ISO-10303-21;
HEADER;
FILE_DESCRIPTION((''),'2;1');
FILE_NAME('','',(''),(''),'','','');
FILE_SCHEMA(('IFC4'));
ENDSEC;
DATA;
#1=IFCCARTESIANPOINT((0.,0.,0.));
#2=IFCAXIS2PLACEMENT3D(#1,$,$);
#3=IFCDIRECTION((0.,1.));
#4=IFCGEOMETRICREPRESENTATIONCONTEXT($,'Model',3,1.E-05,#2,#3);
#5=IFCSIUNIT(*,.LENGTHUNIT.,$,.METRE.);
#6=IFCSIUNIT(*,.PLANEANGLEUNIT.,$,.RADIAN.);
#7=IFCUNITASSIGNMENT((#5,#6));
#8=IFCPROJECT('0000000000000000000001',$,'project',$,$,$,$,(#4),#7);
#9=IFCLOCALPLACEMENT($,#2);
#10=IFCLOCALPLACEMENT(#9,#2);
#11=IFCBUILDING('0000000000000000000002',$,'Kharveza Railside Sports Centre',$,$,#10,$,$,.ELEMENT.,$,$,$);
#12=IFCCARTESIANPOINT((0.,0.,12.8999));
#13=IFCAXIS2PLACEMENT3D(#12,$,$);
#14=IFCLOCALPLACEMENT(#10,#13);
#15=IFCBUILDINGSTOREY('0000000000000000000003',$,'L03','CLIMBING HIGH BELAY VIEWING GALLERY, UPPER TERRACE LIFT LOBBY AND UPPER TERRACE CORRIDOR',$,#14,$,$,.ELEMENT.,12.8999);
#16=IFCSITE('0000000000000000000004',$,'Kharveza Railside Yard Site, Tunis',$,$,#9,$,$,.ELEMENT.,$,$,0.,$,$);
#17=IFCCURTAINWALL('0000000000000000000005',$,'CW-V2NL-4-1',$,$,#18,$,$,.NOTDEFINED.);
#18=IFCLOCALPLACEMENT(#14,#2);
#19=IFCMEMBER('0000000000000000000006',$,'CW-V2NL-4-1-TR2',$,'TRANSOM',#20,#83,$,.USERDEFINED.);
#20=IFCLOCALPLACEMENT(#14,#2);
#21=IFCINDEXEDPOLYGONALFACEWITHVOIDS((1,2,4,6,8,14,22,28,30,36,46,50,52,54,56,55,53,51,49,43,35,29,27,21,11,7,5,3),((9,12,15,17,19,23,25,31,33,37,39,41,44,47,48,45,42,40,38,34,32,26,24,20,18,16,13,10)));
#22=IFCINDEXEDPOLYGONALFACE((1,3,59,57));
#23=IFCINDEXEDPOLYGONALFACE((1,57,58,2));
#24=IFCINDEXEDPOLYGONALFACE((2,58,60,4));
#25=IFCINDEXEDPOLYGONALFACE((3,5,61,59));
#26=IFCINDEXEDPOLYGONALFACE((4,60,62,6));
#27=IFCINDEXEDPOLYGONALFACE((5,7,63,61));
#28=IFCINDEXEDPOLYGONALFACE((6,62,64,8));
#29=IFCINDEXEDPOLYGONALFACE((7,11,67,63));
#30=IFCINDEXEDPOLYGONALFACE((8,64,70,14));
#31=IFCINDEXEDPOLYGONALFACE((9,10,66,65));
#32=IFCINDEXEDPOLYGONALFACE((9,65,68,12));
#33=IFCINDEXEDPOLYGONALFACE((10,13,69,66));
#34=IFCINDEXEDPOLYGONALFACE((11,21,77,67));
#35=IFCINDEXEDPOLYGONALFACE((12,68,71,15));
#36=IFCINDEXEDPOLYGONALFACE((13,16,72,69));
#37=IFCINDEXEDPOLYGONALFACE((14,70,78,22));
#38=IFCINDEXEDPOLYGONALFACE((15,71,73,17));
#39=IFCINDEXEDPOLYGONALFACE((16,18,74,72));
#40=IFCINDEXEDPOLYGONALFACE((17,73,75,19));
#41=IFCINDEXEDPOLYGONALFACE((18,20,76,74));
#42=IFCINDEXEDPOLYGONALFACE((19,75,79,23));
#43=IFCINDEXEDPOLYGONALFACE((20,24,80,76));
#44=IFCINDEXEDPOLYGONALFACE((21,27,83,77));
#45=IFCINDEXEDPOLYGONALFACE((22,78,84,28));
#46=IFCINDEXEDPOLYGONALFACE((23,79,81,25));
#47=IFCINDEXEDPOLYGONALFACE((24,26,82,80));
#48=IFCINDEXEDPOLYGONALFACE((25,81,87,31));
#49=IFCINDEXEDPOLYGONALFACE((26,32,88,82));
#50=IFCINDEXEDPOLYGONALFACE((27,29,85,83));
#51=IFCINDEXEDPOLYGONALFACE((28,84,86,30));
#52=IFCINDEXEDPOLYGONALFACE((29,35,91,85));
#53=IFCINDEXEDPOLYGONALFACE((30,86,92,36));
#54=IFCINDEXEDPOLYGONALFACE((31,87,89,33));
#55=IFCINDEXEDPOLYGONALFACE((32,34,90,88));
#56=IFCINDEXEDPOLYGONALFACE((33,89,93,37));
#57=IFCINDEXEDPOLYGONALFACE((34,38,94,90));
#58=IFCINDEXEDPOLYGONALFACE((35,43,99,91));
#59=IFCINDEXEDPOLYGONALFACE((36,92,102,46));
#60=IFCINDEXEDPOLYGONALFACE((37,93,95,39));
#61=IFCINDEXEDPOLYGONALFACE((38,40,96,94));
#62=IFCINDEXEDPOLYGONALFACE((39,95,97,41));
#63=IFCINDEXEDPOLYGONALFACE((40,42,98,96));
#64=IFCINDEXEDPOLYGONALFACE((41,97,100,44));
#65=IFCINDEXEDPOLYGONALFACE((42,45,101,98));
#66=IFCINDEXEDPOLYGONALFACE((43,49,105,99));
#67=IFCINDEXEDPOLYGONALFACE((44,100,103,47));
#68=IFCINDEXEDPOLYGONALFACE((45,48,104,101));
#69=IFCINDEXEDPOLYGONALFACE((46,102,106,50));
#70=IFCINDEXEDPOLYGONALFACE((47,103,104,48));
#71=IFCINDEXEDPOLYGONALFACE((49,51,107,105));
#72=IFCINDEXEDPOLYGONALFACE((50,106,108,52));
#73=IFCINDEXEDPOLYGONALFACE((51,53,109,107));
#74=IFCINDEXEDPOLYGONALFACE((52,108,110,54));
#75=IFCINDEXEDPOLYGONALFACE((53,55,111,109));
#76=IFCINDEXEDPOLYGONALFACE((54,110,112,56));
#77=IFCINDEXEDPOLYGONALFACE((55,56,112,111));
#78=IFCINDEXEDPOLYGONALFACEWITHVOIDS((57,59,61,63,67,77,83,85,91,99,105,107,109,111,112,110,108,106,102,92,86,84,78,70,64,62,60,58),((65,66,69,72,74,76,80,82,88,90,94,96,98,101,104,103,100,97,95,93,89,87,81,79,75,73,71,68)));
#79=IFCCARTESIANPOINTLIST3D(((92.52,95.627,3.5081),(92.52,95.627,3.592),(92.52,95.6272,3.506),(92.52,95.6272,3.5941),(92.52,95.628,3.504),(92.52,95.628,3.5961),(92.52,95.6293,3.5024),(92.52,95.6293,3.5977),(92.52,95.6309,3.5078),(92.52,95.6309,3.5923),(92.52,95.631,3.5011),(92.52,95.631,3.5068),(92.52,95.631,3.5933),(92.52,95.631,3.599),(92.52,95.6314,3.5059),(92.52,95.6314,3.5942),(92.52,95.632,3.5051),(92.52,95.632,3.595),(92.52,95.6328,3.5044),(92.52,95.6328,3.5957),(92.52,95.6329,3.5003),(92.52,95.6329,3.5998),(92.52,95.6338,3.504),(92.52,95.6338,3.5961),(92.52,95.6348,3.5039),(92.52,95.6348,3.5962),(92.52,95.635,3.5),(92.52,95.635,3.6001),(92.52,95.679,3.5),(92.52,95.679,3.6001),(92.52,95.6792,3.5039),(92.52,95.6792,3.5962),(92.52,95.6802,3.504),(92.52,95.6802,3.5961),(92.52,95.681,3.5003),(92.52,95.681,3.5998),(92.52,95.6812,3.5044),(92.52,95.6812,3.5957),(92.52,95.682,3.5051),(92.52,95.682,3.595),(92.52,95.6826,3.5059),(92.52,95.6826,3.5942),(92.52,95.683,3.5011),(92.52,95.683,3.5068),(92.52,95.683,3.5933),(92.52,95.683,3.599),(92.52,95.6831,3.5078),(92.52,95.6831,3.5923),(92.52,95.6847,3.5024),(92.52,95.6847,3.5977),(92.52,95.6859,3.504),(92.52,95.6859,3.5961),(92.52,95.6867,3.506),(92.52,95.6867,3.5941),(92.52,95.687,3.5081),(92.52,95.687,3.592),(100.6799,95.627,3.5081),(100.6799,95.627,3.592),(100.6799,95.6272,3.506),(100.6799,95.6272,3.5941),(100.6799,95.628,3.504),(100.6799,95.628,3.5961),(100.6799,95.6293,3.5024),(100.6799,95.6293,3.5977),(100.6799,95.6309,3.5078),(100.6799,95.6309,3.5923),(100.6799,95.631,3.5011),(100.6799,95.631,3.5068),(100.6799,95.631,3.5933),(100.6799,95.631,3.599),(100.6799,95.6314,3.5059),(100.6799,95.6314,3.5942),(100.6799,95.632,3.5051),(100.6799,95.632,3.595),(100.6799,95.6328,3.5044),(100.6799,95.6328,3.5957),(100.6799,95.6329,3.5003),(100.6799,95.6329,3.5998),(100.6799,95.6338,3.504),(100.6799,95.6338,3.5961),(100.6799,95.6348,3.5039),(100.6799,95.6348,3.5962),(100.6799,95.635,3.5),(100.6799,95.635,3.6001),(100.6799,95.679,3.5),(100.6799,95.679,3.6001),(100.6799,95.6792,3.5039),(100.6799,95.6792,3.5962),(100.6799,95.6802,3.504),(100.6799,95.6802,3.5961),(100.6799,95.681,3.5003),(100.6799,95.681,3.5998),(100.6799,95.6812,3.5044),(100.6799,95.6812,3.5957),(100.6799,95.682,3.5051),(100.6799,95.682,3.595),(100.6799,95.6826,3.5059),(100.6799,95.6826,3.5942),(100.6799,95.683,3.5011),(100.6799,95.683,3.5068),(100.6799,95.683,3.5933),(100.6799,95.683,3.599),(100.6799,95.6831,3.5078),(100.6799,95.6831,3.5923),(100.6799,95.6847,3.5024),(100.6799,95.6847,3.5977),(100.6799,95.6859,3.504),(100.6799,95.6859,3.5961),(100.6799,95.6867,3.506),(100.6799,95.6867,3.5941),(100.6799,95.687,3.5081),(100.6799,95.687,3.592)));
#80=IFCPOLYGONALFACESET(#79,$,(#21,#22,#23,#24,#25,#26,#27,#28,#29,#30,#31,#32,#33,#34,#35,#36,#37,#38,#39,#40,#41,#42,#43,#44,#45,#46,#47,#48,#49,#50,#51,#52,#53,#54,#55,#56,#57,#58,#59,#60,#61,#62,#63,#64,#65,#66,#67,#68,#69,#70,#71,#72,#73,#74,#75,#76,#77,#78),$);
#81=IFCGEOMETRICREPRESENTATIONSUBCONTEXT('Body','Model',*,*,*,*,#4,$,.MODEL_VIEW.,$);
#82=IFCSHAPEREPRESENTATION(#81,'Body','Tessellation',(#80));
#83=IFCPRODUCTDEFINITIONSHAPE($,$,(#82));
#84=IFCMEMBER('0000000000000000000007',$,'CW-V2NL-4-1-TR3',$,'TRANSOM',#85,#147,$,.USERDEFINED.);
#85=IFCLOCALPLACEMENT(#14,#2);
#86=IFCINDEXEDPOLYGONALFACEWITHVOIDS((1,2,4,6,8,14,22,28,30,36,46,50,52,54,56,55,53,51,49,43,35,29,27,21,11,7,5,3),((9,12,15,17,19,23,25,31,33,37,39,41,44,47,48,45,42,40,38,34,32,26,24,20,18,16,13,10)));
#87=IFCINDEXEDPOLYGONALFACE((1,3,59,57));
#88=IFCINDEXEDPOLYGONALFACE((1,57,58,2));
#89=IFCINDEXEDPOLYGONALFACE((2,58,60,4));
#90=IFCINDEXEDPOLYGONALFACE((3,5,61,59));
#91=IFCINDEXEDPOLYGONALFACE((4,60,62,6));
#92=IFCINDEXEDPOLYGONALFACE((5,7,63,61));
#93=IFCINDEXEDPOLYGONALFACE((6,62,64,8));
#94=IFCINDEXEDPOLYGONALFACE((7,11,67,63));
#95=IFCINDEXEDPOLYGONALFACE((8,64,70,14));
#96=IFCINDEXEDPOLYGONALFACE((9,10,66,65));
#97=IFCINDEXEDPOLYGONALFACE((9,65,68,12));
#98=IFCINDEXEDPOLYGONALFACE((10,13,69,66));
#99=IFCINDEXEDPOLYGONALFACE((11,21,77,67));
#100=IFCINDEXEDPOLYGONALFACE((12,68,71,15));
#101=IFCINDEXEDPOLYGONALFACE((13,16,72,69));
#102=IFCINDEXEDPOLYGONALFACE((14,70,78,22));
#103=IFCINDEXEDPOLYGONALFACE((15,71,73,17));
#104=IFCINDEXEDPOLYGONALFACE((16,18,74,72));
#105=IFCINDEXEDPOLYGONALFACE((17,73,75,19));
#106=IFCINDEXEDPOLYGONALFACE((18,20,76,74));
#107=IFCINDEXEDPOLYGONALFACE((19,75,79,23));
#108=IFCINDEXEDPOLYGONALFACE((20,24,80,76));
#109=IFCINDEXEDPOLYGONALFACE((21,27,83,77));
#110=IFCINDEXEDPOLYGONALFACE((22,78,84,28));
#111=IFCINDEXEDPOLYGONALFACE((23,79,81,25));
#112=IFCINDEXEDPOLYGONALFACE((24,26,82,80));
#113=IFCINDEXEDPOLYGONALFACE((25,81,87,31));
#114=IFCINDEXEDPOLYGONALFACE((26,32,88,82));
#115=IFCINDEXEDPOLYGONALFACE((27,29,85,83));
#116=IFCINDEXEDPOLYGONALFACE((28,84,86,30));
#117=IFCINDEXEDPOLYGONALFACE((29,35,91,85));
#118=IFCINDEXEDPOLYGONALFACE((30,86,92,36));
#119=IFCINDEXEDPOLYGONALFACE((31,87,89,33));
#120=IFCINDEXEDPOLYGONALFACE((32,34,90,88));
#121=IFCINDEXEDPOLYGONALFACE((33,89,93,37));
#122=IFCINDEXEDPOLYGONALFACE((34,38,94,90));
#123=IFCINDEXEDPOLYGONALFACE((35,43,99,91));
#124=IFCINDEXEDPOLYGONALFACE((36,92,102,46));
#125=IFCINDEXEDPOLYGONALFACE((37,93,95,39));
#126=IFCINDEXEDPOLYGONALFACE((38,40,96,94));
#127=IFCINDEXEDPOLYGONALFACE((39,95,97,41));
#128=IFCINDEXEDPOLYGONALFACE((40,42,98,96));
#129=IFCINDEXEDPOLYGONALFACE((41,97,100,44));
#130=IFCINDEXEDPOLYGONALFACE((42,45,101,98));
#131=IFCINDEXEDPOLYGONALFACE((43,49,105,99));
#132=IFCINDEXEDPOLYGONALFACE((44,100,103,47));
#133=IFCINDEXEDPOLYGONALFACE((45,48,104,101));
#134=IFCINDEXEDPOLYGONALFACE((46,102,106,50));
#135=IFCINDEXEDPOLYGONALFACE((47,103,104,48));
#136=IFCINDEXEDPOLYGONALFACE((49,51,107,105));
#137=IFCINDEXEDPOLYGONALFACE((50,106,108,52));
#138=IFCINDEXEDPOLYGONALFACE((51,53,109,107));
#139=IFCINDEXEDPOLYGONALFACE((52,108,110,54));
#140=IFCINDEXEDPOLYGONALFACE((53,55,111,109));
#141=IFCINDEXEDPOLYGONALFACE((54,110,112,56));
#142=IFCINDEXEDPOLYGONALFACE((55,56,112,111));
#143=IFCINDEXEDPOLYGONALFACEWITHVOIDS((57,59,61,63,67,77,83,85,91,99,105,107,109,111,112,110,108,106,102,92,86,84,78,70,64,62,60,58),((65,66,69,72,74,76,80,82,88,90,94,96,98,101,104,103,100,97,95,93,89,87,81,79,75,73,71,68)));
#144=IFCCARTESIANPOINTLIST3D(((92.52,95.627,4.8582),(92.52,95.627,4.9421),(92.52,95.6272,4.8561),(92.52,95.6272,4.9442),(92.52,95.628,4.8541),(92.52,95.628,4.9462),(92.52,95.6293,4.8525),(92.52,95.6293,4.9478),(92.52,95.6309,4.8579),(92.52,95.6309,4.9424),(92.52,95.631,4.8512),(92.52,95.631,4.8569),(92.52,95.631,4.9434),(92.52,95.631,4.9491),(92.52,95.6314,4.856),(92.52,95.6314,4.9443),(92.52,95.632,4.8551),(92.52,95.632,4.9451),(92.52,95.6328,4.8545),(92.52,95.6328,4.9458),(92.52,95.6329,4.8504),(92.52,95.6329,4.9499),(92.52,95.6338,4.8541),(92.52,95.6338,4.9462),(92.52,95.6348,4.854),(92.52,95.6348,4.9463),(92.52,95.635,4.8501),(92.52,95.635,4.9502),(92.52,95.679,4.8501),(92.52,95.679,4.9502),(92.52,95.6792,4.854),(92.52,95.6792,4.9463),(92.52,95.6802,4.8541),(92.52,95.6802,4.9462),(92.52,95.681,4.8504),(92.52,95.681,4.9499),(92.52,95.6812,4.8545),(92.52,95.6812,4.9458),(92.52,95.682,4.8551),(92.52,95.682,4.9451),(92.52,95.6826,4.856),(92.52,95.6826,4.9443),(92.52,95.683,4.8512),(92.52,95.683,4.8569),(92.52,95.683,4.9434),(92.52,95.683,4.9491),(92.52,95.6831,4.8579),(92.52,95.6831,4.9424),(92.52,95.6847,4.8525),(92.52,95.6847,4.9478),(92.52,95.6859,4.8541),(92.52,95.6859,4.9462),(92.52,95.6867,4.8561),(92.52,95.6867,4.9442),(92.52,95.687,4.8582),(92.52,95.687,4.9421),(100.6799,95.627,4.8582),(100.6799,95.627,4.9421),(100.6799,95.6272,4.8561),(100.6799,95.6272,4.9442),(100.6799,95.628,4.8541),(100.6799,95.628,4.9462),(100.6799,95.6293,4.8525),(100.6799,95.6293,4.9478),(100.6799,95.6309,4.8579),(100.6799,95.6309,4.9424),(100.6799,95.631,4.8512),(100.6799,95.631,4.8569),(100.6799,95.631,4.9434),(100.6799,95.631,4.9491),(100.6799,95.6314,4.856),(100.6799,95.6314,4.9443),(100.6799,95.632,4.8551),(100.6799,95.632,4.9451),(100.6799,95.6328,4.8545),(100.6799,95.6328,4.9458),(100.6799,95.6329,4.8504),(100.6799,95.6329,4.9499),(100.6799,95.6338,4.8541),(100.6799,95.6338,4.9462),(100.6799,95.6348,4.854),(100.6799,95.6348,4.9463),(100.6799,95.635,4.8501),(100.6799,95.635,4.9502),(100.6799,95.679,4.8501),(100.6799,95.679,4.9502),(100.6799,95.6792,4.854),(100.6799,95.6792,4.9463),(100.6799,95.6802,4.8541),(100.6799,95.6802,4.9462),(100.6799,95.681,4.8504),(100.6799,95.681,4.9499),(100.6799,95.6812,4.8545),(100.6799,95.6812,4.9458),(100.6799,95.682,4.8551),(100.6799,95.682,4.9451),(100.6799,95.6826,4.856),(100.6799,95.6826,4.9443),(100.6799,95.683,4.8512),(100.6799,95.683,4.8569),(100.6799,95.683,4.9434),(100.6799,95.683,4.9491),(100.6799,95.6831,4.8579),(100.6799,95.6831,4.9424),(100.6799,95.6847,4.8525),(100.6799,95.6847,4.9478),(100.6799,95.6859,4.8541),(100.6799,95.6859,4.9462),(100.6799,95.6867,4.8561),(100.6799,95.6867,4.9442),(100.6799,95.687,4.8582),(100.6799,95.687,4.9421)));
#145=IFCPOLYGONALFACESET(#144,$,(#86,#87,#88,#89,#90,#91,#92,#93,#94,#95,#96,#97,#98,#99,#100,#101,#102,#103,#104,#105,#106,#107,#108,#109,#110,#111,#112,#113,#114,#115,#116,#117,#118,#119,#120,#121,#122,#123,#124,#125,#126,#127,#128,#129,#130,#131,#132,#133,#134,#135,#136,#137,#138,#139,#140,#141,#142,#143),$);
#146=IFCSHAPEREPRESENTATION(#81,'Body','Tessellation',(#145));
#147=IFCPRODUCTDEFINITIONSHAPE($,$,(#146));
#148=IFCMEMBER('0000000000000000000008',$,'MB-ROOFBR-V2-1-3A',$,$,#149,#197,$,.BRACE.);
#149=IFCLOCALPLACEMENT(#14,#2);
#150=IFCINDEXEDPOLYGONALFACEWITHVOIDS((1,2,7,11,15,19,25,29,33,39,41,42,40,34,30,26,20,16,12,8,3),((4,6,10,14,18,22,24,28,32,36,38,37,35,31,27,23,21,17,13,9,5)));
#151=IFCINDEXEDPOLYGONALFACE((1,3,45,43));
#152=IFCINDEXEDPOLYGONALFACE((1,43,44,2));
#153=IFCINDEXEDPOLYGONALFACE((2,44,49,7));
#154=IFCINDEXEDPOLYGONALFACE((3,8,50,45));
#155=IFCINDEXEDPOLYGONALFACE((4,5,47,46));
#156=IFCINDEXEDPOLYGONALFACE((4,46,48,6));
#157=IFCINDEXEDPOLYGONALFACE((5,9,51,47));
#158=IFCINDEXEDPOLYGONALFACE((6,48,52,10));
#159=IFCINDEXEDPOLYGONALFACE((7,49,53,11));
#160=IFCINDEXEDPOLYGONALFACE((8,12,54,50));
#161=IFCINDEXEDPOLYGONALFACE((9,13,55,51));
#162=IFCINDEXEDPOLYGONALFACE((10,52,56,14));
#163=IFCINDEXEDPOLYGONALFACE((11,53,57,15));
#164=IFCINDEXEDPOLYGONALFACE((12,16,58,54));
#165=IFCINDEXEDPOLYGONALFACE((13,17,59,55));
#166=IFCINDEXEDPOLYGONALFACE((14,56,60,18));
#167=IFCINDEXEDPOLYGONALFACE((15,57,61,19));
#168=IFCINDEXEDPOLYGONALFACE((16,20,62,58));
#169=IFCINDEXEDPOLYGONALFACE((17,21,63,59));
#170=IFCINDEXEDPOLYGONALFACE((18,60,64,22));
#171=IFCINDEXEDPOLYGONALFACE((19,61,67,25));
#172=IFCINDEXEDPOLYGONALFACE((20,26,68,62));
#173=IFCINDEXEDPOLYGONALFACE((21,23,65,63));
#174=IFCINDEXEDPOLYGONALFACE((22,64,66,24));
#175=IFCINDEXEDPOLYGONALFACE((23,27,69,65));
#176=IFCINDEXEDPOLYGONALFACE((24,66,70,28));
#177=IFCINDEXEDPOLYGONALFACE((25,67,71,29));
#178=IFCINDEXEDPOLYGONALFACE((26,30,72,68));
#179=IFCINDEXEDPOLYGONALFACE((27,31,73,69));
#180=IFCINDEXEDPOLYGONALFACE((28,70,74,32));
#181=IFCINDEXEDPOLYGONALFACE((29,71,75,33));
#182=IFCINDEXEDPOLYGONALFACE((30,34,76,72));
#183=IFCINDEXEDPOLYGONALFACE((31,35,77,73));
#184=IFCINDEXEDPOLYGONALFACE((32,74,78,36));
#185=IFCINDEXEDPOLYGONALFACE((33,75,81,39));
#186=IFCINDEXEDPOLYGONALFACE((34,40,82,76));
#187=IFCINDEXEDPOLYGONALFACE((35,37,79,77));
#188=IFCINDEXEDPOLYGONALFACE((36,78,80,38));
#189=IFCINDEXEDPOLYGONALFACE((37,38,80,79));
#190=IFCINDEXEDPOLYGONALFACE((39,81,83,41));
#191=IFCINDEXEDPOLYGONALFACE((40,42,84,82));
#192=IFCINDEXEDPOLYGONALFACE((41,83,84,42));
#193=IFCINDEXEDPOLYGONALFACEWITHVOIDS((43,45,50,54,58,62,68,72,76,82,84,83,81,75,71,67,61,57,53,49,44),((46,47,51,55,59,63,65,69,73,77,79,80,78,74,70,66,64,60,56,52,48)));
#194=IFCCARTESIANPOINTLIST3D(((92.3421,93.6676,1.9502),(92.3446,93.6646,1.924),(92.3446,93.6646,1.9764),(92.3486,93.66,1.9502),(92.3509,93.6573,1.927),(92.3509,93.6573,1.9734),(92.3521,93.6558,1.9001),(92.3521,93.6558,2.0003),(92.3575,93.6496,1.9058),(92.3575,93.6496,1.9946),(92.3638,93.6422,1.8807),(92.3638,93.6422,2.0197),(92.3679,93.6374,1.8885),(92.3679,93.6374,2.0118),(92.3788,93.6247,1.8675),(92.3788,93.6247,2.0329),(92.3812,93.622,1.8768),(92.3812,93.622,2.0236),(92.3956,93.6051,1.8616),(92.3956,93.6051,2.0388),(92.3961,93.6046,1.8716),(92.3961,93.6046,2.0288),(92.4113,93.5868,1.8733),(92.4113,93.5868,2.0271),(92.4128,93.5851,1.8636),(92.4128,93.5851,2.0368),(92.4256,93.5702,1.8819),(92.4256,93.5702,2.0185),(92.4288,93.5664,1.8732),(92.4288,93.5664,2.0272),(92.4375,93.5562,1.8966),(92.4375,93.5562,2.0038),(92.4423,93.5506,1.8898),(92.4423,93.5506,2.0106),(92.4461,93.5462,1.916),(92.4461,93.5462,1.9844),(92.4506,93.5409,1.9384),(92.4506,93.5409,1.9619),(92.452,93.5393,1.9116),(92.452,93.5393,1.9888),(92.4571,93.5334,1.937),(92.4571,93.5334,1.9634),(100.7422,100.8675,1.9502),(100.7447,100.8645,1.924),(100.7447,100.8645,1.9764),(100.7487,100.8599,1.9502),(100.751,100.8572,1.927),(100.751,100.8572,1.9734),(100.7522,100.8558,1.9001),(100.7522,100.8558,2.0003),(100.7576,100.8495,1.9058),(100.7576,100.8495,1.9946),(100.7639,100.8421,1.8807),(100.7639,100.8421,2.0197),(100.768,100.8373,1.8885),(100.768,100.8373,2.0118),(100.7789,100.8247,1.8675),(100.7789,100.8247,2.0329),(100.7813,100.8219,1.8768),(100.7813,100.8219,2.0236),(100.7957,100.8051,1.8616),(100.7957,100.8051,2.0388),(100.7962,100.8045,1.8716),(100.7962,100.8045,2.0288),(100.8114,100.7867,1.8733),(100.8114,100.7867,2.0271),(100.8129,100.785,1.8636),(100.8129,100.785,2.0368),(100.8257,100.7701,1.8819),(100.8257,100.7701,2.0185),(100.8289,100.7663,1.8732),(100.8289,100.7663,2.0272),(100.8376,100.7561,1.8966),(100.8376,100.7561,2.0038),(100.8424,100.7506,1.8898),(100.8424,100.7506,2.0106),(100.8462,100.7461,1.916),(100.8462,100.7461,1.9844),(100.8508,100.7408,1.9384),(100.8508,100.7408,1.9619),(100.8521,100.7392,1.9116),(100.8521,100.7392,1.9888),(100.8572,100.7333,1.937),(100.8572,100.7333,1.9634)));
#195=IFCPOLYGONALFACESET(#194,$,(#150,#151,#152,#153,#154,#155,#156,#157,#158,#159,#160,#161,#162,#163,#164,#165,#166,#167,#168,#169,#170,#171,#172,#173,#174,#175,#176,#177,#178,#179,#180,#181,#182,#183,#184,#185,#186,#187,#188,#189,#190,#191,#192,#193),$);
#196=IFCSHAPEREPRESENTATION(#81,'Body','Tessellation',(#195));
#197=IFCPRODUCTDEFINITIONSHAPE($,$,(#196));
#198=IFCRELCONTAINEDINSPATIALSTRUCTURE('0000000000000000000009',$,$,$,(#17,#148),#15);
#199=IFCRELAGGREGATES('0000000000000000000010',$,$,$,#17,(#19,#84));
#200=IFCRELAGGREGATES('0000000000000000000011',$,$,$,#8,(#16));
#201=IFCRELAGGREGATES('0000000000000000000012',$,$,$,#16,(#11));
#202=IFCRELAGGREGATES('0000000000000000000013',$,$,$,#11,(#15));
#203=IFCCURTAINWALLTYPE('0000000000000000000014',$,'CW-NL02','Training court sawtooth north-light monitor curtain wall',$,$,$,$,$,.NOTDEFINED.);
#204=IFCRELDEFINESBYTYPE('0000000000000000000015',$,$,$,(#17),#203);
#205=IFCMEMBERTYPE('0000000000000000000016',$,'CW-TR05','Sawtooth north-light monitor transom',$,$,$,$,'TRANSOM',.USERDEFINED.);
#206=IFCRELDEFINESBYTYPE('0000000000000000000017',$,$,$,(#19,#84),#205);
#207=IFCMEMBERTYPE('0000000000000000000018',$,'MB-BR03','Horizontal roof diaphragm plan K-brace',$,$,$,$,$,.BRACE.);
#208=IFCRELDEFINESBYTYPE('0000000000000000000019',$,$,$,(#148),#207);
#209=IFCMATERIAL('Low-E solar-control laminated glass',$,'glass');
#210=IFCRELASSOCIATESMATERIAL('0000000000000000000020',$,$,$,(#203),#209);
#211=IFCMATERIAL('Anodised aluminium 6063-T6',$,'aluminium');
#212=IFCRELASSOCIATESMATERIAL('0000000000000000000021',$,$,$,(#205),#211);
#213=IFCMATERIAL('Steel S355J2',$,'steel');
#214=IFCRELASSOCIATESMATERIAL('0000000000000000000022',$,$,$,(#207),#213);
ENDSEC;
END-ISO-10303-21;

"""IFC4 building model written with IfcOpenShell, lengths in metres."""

from ifc_helpers import new_model, si_unit, direction, frame, origin, origin_2d, place, context, subcontext, project, spatial, hollow_rectangle, hollow_circle, extrude, material, material_profile, profile_set, type_object, element, aggregate, save


model = new_model("IFC4")

# Units and contexts
model_context = context("Model", 3, precision=1e-05, world=origin(), true_north=direction((0.0, 1.0)))
body_context = subcontext(model_context, "Body", "Model", "MODEL_VIEW")
ifc_project = project(units=[si_unit("LENGTHUNIT", "METRE"), si_unit("PLANEANGLEUNIT", "RADIAN")], contexts=[model_context])

# Site, building, storey
site_placement = place(None, origin())
site = spatial("IfcSite", under=ifc_project, at=site_placement, Name="Kharveza Railside Yard Site, Tunis", CompositionType="ELEMENT", RefElevation=0.0)
building_placement = place(site_placement, origin())
building = spatial("IfcBuilding", under=site, at=building_placement, Name="Kharveza Railside Sports Centre", CompositionType="ELEMENT")
storey_placement = place(building_placement, frame((0.0, 0.0, 12.8999)))
storey = spatial("IfcBuildingStorey", under=building, at=storey_placement, Name="L03", Description="CLIMBING HIGH BELAY VIEWING GALLERY, UPPER TERRACE LIFT LOBBY AND UPPER TERRACE CORRIDOR", CompositionType="ELEMENT", Elevation=12.8999)

# Shared definitions
ifc_material_1 = material(Name="Steel S355J2", Category="steel")

# Curtain wall, members
ifc_material_2 = material(Name="Low-E solar-control laminated glass", Category="glass")
curtain_wall_type = type_object("IfcCurtainWallType", Name="CW-NL02", Description="Training court sawtooth north-light monitor curtain wall", PredefinedType="NOTDEFINED", material=ifc_material_2)
ifc_material_3 = material(Name="Anodised aluminium 6063-T6", Category="aluminium")
curtain_wall_1_placement = place(storey_placement, origin())
curtain_wall_1 = element("IfcCurtainWall", 1, at=curtain_wall_1_placement, inside=storey, type_object=curtain_wall_type, Name="CW-V2NL-4-1", PredefinedType="NOTDEFINED")
ifc_material_profile_1 = material_profile(ifc_material_3, hollow_rectangle(XDim=0.0601, YDim=0.1001, WallThickness=0.0039, InnerFilletRadius=0.0039, OuterFilletRadius=0.0081, at=origin_2d()), Name="RHS 60x100x4.0")
ifc_profile_set_1 = profile_set([ifc_material_profile_1], Name="Anodised aluminium 6063-T6")
member_type_1 = type_object("IfcMemberType", Name="CW-TR05", Description="Sawtooth north-light monitor transom", ElementType="TRANSOM", PredefinedType="USERDEFINED", material=ifc_profile_set_1)
member_1_placement = place(storey_placement, frame((92.52, 95.657, 3.55), z_axis=(1.0, 0.0, 0.0), x_axis=(0.0, 1.0, 0.0)))
member_1 = element("IfcMember", 2, at=member_1_placement, type_object=member_type_1, Name="CW-V2NL-4-1-TR2", ObjectType="TRANSOM", PredefinedType="USERDEFINED", context=body_context, shape_type="SweptSolid", body=[
    extrude(hollow_rectangle(XDim=0.0601, YDim=0.1001, WallThickness=0.0039, InnerFilletRadius=0.0039, OuterFilletRadius=0.0081, at=origin_2d()), origin(), (0.0, 0.0, 1.0), 8.1599),
])
member_2_placement = place(storey_placement, frame((92.52, 95.657, 4.9001), z_axis=(1.0, 0.0, 0.0), x_axis=(0.0, 1.0, 0.0)))
member_2 = element("IfcMember", 3, at=member_2_placement, type_object=member_type_1, Name="CW-V2NL-4-1-TR3", ObjectType="TRANSOM", PredefinedType="USERDEFINED", context=body_context, shape_type="SweptSolid", body=[
    extrude(hollow_rectangle(XDim=0.0601, YDim=0.1001, WallThickness=0.0039, InnerFilletRadius=0.0039, OuterFilletRadius=0.0081, at=origin_2d()), origin(), (0.0, 0.0, 1.0), 8.1599),
])

# Member
ifc_material_profile_2 = material_profile(ifc_material_1, hollow_circle(Radius=0.0889, WallThickness=0.01, at=origin_2d()), Name="CHS 177.8x10.0")
ifc_profile_set_2 = profile_set([ifc_material_profile_2], Name="Steel S355J2")
member_type_2 = type_object("IfcMemberType", Name="MB-BR03", Description="Horizontal roof diaphragm plan K-brace", PredefinedType="BRACE", material=ifc_profile_set_2)
member_3_placement = place(storey_placement, frame((92.3999, 93.6001, 1.9502), z_axis=(0.759264, 0.650782, 0.0), x_axis=(-0.650782, 0.759264, 0.0)))
element("IfcMember", 4, at=member_3_placement, inside=storey, type_object=member_type_2, Name="MB-ROOFBR-V2-1-3A", PredefinedType="BRACE", context=body_context, shape_type="SweptSolid", body=[
    extrude(hollow_circle(Radius=0.0889, WallThickness=0.01, at=origin_2d()), origin(), (0.0, 0.0, 1.0), 11.0635),
])

aggregate(curtain_wall_1, [member_1, member_2])

save(model, "model.ifc")
